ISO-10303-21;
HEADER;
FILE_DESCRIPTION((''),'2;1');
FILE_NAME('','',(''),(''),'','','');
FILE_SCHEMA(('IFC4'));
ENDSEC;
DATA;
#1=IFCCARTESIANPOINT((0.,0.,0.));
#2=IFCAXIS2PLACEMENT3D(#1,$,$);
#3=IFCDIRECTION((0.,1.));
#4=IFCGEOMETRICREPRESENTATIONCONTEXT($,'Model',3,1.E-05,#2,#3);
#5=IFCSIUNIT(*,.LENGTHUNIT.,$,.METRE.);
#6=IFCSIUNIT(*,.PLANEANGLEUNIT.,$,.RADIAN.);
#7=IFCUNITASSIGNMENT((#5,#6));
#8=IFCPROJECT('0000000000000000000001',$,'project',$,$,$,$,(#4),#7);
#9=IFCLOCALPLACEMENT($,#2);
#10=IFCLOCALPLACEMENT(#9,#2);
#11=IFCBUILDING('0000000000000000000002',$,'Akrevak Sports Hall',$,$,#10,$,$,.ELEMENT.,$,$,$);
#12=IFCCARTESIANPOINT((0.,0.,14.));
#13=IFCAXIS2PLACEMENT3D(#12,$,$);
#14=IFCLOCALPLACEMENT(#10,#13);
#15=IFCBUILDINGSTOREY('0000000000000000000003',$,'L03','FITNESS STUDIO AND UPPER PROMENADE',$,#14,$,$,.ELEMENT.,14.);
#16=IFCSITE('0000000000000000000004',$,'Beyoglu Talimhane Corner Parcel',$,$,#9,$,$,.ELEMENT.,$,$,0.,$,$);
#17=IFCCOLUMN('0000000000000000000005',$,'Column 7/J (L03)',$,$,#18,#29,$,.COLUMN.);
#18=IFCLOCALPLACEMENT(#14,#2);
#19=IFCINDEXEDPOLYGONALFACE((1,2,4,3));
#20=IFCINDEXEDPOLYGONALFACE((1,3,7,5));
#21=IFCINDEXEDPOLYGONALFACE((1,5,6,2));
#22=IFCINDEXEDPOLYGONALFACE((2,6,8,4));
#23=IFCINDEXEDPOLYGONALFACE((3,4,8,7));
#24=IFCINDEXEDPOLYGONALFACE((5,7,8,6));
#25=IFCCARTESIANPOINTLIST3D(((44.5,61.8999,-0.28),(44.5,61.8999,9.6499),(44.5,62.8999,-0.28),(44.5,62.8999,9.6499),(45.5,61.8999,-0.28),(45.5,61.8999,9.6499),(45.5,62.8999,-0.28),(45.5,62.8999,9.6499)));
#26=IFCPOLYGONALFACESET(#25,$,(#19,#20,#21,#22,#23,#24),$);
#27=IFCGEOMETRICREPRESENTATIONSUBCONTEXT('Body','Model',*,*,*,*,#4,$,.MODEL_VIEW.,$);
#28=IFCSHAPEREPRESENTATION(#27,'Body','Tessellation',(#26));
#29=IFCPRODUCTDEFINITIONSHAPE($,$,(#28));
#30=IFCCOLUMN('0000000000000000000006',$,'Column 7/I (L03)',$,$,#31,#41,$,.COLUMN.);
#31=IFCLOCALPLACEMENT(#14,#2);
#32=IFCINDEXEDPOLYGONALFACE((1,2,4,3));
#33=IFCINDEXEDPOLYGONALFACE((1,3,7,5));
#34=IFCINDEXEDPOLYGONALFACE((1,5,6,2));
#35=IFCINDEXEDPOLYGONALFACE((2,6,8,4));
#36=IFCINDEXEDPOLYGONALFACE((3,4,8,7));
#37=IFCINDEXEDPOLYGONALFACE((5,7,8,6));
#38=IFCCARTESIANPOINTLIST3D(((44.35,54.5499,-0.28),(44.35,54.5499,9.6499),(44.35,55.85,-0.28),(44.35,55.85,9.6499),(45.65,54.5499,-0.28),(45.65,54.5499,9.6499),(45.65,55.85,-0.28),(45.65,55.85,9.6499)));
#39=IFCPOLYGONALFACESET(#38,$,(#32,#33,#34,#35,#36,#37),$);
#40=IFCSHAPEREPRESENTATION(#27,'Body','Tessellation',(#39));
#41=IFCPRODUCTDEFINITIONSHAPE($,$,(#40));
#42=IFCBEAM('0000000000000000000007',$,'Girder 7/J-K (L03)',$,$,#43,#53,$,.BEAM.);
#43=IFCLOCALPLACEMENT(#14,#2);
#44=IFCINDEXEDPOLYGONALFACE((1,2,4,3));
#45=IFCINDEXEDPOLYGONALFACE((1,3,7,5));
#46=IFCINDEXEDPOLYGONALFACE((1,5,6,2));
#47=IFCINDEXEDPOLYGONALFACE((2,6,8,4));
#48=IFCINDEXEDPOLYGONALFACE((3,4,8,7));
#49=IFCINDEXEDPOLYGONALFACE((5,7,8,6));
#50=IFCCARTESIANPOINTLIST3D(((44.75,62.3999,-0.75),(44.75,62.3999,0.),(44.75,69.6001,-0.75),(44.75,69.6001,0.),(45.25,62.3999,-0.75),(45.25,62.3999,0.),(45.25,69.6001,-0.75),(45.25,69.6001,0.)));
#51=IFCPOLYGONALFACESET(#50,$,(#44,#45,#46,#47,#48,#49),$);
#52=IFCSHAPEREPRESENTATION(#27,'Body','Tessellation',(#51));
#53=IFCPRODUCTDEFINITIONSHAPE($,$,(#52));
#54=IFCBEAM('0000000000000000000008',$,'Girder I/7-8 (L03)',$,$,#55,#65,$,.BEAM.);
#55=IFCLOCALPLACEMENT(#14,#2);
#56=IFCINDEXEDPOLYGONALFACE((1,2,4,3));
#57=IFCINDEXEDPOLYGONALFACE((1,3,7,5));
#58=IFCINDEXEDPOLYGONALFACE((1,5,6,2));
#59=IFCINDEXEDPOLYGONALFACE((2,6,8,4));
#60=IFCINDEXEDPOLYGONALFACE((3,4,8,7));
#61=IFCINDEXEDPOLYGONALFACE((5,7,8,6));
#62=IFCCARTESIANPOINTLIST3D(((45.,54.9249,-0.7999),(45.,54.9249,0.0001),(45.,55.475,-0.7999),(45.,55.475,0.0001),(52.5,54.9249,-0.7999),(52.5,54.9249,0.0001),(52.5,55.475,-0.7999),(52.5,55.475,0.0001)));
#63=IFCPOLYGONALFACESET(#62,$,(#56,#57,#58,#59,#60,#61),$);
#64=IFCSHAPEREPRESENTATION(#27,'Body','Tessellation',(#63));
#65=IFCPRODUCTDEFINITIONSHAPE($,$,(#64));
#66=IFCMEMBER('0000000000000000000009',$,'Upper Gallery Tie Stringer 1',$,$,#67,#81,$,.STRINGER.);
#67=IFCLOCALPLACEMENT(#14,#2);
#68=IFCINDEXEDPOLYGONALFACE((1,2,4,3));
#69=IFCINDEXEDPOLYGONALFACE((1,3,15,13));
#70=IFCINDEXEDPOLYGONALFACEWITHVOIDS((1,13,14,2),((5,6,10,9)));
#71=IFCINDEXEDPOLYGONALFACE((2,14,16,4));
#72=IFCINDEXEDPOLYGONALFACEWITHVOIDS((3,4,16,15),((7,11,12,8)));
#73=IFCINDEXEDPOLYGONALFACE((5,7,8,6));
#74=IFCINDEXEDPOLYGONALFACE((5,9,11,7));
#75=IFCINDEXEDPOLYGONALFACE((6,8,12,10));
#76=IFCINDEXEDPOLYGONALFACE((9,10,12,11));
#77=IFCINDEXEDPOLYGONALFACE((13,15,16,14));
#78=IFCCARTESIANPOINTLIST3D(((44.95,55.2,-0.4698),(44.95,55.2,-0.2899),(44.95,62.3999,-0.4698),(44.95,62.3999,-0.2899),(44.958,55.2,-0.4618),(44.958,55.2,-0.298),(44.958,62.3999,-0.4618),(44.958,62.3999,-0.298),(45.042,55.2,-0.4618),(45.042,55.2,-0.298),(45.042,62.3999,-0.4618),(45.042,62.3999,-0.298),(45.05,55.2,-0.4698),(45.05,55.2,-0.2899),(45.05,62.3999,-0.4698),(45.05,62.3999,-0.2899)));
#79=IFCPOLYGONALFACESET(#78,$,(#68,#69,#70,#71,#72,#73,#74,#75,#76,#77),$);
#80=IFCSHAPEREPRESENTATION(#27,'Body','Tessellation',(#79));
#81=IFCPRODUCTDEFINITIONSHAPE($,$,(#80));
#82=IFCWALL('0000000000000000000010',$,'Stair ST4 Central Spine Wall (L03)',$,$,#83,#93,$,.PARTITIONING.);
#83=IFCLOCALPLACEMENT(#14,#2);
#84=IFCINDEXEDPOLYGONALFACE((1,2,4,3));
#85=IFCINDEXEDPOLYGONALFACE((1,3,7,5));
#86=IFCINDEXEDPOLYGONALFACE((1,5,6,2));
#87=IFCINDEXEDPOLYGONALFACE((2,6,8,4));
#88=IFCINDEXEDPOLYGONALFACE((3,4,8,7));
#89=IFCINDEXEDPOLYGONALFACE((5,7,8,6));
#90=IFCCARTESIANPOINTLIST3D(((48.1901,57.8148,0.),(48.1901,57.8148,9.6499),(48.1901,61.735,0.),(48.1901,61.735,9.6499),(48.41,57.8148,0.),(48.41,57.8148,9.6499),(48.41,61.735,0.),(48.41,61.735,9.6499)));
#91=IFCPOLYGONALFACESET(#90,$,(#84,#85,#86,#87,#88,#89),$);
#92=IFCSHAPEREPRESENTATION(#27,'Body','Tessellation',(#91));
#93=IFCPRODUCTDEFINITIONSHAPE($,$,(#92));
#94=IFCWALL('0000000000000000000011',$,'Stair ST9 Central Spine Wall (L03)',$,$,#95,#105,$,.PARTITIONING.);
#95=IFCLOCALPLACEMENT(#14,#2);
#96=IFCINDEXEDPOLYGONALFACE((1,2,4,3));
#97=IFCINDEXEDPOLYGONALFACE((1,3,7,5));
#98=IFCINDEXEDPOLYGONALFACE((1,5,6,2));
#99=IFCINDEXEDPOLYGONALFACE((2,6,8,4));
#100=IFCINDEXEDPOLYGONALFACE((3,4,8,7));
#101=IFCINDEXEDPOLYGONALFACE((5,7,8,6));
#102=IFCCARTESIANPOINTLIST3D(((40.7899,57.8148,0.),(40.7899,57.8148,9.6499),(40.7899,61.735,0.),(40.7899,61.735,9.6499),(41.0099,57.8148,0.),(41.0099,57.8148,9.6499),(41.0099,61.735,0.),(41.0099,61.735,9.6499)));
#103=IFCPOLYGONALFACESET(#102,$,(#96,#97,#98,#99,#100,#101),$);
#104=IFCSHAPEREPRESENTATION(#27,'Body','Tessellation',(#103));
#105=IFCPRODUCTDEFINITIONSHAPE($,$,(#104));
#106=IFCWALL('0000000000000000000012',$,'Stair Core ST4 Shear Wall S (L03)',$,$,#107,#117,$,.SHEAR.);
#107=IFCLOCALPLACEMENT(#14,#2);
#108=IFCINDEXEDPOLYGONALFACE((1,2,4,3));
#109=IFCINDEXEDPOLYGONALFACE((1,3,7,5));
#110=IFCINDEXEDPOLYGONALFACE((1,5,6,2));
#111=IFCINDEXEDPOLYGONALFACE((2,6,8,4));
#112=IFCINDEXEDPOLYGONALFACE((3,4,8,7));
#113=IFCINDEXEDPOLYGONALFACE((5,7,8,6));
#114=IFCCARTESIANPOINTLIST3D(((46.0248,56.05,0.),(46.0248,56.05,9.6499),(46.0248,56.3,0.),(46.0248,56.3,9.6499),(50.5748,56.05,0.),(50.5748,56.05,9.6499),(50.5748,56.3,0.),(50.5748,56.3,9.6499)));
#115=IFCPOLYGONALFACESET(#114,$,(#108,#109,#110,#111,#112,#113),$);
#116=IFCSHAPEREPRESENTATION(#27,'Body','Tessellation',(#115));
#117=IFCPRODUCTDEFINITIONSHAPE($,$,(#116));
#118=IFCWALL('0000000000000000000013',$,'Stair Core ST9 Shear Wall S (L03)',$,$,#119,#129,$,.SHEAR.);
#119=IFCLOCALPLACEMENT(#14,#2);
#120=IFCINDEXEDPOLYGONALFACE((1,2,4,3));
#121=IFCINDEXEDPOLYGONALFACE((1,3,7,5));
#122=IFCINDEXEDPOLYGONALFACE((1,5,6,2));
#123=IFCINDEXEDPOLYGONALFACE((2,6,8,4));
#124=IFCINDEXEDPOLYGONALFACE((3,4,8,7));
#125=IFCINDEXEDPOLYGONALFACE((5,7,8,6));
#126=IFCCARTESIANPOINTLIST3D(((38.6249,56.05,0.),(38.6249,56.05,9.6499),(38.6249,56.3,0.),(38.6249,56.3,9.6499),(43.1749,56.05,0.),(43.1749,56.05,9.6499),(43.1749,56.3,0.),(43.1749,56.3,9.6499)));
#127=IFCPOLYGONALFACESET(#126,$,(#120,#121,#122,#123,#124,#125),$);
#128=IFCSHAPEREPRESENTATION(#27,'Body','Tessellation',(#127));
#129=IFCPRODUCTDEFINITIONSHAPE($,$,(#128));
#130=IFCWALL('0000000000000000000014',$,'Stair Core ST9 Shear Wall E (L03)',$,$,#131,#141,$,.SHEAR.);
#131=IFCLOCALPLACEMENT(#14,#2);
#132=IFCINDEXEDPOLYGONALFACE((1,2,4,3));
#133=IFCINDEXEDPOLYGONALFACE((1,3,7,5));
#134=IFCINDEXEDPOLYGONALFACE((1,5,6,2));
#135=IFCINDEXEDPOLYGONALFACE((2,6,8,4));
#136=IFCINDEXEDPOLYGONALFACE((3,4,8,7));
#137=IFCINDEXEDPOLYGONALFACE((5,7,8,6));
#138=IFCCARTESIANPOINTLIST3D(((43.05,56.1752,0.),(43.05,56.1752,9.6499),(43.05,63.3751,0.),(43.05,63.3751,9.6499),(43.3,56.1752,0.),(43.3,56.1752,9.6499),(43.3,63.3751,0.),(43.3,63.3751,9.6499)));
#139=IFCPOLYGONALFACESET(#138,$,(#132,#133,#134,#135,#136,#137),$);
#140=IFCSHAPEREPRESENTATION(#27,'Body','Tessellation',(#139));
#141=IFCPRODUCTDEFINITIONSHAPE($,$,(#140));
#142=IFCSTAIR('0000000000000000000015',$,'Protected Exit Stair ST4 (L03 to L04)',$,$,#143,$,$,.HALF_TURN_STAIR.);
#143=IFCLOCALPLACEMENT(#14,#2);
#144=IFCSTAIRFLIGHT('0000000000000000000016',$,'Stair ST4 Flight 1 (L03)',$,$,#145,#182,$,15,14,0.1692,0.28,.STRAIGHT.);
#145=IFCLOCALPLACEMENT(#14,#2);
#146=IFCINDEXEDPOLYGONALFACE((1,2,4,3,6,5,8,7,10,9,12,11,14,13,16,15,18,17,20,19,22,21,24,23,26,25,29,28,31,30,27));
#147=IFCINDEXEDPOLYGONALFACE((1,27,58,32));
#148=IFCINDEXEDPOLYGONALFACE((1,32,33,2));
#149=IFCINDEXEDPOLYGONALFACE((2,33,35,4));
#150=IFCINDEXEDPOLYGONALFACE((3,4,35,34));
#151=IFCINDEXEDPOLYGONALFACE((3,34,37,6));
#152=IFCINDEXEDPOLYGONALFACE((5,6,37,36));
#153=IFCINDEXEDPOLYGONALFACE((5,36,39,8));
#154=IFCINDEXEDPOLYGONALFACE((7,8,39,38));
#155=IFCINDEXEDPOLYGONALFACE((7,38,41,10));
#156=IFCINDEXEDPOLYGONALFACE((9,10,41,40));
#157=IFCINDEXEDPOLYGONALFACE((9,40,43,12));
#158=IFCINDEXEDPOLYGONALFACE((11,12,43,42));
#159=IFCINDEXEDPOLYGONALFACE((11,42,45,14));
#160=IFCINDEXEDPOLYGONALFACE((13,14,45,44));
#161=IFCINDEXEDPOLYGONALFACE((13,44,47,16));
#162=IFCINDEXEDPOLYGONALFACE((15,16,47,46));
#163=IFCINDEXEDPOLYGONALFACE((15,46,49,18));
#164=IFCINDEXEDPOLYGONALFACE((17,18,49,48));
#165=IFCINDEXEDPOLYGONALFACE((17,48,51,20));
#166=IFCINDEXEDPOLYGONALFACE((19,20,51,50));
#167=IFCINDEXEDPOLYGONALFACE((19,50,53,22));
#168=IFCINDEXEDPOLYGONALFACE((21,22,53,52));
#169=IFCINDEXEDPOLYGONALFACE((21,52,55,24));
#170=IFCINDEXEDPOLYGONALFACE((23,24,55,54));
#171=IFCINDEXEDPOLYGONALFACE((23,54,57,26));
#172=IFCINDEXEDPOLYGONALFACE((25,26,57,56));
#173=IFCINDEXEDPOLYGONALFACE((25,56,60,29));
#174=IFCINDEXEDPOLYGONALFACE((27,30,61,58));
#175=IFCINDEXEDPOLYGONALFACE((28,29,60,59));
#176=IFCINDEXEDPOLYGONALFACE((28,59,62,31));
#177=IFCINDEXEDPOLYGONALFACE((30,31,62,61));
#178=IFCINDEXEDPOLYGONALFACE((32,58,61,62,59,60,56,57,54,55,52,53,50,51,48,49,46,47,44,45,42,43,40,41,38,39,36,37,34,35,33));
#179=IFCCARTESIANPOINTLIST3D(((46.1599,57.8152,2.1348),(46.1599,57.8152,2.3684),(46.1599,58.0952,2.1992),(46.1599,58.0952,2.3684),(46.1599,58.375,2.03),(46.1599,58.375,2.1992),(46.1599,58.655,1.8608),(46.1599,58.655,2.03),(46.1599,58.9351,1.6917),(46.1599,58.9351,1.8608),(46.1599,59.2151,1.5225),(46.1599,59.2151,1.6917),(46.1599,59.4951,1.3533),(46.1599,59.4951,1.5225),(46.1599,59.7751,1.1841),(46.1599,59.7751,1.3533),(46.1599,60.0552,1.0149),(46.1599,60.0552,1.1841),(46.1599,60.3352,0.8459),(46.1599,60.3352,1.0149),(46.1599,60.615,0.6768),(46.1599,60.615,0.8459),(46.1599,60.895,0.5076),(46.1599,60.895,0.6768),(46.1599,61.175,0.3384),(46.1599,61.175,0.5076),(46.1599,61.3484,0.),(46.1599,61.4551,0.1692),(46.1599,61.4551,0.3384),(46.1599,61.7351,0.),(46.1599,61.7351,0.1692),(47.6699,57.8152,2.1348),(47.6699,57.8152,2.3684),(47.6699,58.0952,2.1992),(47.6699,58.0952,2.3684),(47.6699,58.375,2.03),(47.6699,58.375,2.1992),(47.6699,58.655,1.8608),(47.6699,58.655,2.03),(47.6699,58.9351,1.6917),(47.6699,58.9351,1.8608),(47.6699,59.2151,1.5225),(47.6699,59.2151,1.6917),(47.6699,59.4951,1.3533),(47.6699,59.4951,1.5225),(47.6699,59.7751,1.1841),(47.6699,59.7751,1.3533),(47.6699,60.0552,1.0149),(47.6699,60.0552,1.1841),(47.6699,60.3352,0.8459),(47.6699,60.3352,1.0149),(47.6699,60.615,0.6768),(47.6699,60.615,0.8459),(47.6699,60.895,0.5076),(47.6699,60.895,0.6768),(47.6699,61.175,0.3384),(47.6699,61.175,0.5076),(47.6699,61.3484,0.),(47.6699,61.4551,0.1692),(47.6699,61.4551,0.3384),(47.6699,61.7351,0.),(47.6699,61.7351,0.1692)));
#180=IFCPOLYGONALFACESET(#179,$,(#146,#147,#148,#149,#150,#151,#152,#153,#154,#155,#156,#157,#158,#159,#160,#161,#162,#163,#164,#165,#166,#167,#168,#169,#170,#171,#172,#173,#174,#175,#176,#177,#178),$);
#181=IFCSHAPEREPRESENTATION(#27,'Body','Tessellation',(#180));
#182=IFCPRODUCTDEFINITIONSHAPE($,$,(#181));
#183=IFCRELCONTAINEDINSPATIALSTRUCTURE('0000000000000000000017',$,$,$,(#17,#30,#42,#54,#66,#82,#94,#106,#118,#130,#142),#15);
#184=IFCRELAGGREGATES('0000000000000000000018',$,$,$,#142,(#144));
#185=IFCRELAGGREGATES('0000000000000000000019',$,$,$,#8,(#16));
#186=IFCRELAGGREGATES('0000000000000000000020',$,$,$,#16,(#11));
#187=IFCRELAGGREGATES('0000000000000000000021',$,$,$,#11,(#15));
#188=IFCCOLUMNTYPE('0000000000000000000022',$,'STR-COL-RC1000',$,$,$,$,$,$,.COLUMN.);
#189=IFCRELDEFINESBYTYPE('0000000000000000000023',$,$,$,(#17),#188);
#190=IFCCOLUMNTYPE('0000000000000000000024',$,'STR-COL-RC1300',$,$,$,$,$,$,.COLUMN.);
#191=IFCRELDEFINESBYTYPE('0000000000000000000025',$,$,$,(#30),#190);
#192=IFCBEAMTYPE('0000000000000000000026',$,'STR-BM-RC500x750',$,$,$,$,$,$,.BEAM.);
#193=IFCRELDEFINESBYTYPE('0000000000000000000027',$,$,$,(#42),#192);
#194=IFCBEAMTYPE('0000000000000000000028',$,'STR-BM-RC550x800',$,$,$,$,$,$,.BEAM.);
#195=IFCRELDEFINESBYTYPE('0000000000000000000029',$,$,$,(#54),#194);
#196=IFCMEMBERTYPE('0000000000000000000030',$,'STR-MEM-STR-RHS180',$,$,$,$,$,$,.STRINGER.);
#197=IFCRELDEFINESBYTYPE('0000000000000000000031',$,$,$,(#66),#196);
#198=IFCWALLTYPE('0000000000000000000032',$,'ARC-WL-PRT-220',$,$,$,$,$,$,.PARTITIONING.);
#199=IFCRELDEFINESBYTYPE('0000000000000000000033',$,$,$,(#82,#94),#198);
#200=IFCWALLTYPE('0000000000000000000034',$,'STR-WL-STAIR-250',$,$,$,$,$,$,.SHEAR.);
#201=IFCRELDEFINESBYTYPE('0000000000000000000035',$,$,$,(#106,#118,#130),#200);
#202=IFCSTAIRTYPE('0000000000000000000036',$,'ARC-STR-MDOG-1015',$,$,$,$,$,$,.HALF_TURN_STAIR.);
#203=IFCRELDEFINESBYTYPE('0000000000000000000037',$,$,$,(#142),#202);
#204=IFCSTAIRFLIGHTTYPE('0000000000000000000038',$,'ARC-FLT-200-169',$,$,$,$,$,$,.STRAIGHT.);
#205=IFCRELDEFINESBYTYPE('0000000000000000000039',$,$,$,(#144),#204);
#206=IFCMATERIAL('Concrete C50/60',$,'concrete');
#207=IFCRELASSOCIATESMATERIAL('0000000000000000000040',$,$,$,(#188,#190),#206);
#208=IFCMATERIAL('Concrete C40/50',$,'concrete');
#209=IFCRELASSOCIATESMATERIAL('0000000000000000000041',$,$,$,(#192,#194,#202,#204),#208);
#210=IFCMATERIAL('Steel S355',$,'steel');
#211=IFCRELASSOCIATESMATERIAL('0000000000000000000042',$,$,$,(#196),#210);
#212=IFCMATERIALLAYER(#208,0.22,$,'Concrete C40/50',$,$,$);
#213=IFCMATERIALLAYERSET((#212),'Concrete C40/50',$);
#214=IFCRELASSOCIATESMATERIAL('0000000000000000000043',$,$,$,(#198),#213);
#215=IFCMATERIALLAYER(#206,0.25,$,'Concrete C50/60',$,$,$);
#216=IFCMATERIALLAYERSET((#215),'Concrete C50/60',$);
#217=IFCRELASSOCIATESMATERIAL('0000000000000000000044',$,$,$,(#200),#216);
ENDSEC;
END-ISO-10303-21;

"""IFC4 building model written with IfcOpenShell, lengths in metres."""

from ifc_helpers import new_model, si_unit, direction, frame, frame_2d, origin, origin_2d, place, context, subcontext, project, spatial, polyline, rectangle, hollow_rectangle, outline, extrude, material, layer, layer_set, material_profile, profile_set, type_object, element, aggregate, save


model = new_model("IFC4")

# Units and contexts
model_context = context("Model", 3, precision=1e-05, world=origin(), true_north=direction((0.0, 1.0)))
body_context = subcontext(model_context, "Body", "Model", "MODEL_VIEW")
ifc_project = project(units=[si_unit("LENGTHUNIT", "METRE"), si_unit("PLANEANGLEUNIT", "RADIAN")], contexts=[model_context])

# Site, building, storey
site_placement = place(None, origin())
site = spatial("IfcSite", under=ifc_project, at=site_placement, Name="Beyoglu Talimhane Corner Parcel", CompositionType="ELEMENT", RefElevation=0.0)
building_placement = place(site_placement, origin())
building = spatial("IfcBuilding", under=site, at=building_placement, Name="Akrevak Sports Hall", CompositionType="ELEMENT")
storey_placement = place(building_placement, frame((0.0, 0.0, 14.0)))
storey = spatial("IfcBuildingStorey", under=building, at=storey_placement, Name="L03", Description="FITNESS STUDIO AND UPPER PROMENADE", CompositionType="ELEMENT", Elevation=14.0)

# Columns
ifc_material_1 = material(Name="Concrete C50/60", Category="concrete")
ifc_material_profile_1 = material_profile(ifc_material_1, rectangle(XDim=1.0, YDim=1.0, at=origin_2d()), Name="RC 1000x1000", Category="concrete")
ifc_profile_set_1 = profile_set([ifc_material_profile_1], Name="Concrete C50/60")
column_type_1 = type_object("IfcColumnType", Name="STR-COL-RC1000", PredefinedType="COLUMN", material=ifc_profile_set_1)
column_1_placement = place(storey_placement, frame((45.0, 62.3999, -0.28), z_axis=(0.0, 0.0, 1.0), x_axis=(1.0, 0.0, 0.0)))
element("IfcColumn", 1, at=column_1_placement, inside=storey, type_object=column_type_1, Name="Column 7/J (L03)", PredefinedType="COLUMN", context=body_context, shape_type="SweptSolid", body=[
    extrude(rectangle(XDim=1.0, YDim=1.0, at=origin_2d()), origin(), (0.0, 0.0, 1.0), 9.9299),
])
ifc_material_profile_2 = material_profile(ifc_material_1, rectangle(XDim=1.3, YDim=1.3, at=origin_2d()), Name="RC 1300x1300", Category="concrete")
ifc_profile_set_2 = profile_set([ifc_material_profile_2], Name="Concrete C50/60")
column_type_2 = type_object("IfcColumnType", Name="STR-COL-RC1300", PredefinedType="COLUMN", material=ifc_profile_set_2)
column_2_placement = place(storey_placement, frame((45.0, 55.2, -0.28), z_axis=(0.0, 0.0, 1.0), x_axis=(1.0, 0.0, 0.0)))
element("IfcColumn", 2, at=column_2_placement, inside=storey, type_object=column_type_2, Name="Column 7/I (L03)", PredefinedType="COLUMN", context=body_context, shape_type="SweptSolid", body=[
    extrude(rectangle(XDim=1.3, YDim=1.3, at=origin_2d()), origin(), (0.0, 0.0, 1.0), 9.9299),
])

# Beams
ifc_material_2 = material(Name="Concrete C40/50", Category="concrete")
ifc_material_profile_3 = material_profile(ifc_material_2, rectangle(XDim=0.5, YDim=0.75, at=origin_2d()), Name="BM 500x750", Category="concrete")
ifc_profile_set_3 = profile_set([ifc_material_profile_3], Name="Concrete C40/50")
beam_type_1 = type_object("IfcBeamType", Name="STR-BM-RC500x750", PredefinedType="BEAM", material=ifc_profile_set_3)
beam_1_placement = place(storey_placement, frame((45.0, 62.3999, -0.375), z_axis=(0.0, 1.0, 0.0), x_axis=(-1.0, 0.0, 0.0)))
element("IfcBeam", 3, at=beam_1_placement, inside=storey, type_object=beam_type_1, Name="Girder 7/J-K (L03)", PredefinedType="BEAM", context=body_context, shape_type="SweptSolid", body=[
    extrude(rectangle(XDim=0.5, YDim=0.75, at=origin_2d()), origin(), (0.0, 0.0, 1.0), 7.2002),
])
ifc_material_profile_4 = material_profile(ifc_material_2, rectangle(XDim=0.55, YDim=0.8, at=origin_2d()), Name="BM 550x800", Category="concrete")
ifc_profile_set_4 = profile_set([ifc_material_profile_4], Name="Concrete C40/50")
beam_type_2 = type_object("IfcBeamType", Name="STR-BM-RC550x800", PredefinedType="BEAM", material=ifc_profile_set_4)
beam_2_placement = place(storey_placement, frame((45.0, 55.2, -0.3999), z_axis=(1.0, 0.0, 0.0), x_axis=(0.0, 1.0, 0.0)))
element("IfcBeam", 4, at=beam_2_placement, inside=storey, type_object=beam_type_2, Name="Girder I/7-8 (L03)", PredefinedType="BEAM", context=body_context, shape_type="SweptSolid", body=[
    extrude(rectangle(XDim=0.55, YDim=0.8, at=origin_2d()), origin(), (0.0, 0.0, 1.0), 7.5),
])

# Member
ifc_material_3 = material(Name="Steel S355", Category="steel")
ifc_material_profile_5 = material_profile(ifc_material_3, hollow_rectangle(XDim=0.1001, YDim=0.1799, WallThickness=0.0081, at=origin_2d()), Name="RHS 180x100x8", Category="steel")
ifc_profile_set_5 = profile_set([ifc_material_profile_5], Name="Steel S355")
member_type = type_object("IfcMemberType", Name="STR-MEM-STR-RHS180", PredefinedType="STRINGER", material=ifc_profile_set_5)
member_placement = place(storey_placement, frame((45.0, 55.2, -0.3799), z_axis=(0.0, 1.0, 0.0), x_axis=(-1.0, 0.0, 0.0)))
element("IfcMember", 5, at=member_placement, inside=storey, type_object=member_type, Name="Upper Gallery Tie Stringer 1", PredefinedType="STRINGER", context=body_context, shape_type="SweptSolid", body=[
    extrude(hollow_rectangle(XDim=0.1001, YDim=0.1799, WallThickness=0.0081, at=origin_2d()), origin(), (0.0, 0.0, 1.0), 7.2),
])

# Walls
ifc_layer_1 = layer(ifc_material_2, 0.22, Name="Concrete C40/50")
ifc_layer_set_1 = layer_set([ifc_layer_1], Name="Concrete C40/50")
wall_type_1 = type_object("IfcWallType", Name="ARC-WL-PRT-220", PredefinedType="PARTITIONING", material=ifc_layer_set_1)
for number, where, z_axis, x_axis, name in (
    (6, (48.3, 57.8149, 0.0), (0.0, 0.0, 1.0), (0.0, 1.0, 0.0), "Stair ST4 Central Spine Wall (L03)"),
    (7, (40.8999, 57.8149, 0.0), (0.0, 0.0, 1.0), (0.0, 1.0, 0.0), "Stair ST9 Central Spine Wall (L03)"),
):
    element("IfcWall", number, at=place(storey_placement, frame(where, z_axis=z_axis, x_axis=x_axis)), inside=storey, type_object=wall_type_1, Name=name, PredefinedType="PARTITIONING", context=body_context, shape_type="SweptSolid", body=[
        extrude(rectangle(XDim=3.9202, YDim=0.22, at=frame_2d((1.96, 0.0))), origin(), (0.0, 0.0, 1.0), 9.6499),
    ])
ifc_layer_2 = layer(ifc_material_1, 0.25, Name="Concrete C50/60")
ifc_layer_set_2 = layer_set([ifc_layer_2], Name="Concrete C50/60")
wall_type_2 = type_object("IfcWallType", Name="STR-WL-STAIR-250", PredefinedType="SHEAR", material=ifc_layer_set_2)
for number, where, z_axis, x_axis, name in (
    (8, (46.0249, 56.175, 0.0), (0.0, 0.0, 1.0), (1.0, 0.0, 0.0), "Stair Core ST4 Shear Wall S (L03)"),
    (9, (38.625, 56.175, 0.0), (0.0, 0.0, 1.0), (1.0, 0.0, 0.0), "Stair Core ST9 Shear Wall S (L03)"),
):
    element("IfcWall", number, at=place(storey_placement, frame(where, z_axis=z_axis, x_axis=x_axis)), inside=storey, type_object=wall_type_2, Name=name, PredefinedType="SHEAR", context=body_context, shape_type="SweptSolid", body=[
        extrude(rectangle(XDim=4.55, YDim=0.25, at=frame_2d((2.2749, 0.0))), origin(), (0.0, 0.0, 1.0), 9.6499),
    ])
wall_placement = place(storey_placement, frame((43.175, 56.175, 0.0), z_axis=(0.0, 0.0, 1.0), x_axis=(0.0, 1.0, 0.0)))
element("IfcWall", 10, at=wall_placement, inside=storey, type_object=wall_type_2, Name="Stair Core ST9 Shear Wall E (L03)", PredefinedType="SHEAR", context=body_context, shape_type="SweptSolid", body=[
    extrude(rectangle(XDim=7.2, YDim=0.25, at=frame_2d((3.6001, 0.0))), origin(), (0.0, 0.0, 1.0), 9.6499),
])

# Stair, stair flight
stair_type = type_object("IfcStairType", Name="ARC-STR-MDOG-1015", PredefinedType="HALF_TURN_STAIR", material=ifc_material_2)
stair_1_placement = place(storey_placement, origin())
stair_1 = element("IfcStair", 11, at=stair_1_placement, inside=storey, type_object=stair_type, Name="Protected Exit Stair ST4 (L03 to L04)", PredefinedType="HALF_TURN_STAIR")
stair_flight_type = type_object("IfcStairFlightType", Name="ARC-FLT-200-169", PredefinedType="STRAIGHT", material=ifc_material_2)
stair_flight_1_placement = place(storey_placement, frame((46.915, 61.7351, 0.0), z_axis=(0.0, 0.0, 1.0), x_axis=(0.0, -1.0, 0.0)))
stair_flight_1 = element("IfcStairFlight", 12, at=stair_flight_1_placement, type_object=stair_flight_type, Name="Stair ST4 Flight 1 (L03)", NumberOfRisers=15, NumberOfTreads=14, PredefinedType="STRAIGHT", RiserHeight=0.1692, TreadLength=0.28, context=body_context, shape_type="SweptSolid", body=[
    extrude(outline(polyline([(0.0, 0.0), (0.0, 0.1692), (0.28, 0.1692), (0.28, 0.3384), (0.5601, 0.3384), (0.5601, 0.5076), (0.8401, 0.5076), (0.8401, 0.6768), (1.1201, 0.6768), (1.1201, 0.8459), (1.3999, 0.8459), (1.3999, 1.0149), (1.6799, 1.0149), (1.6799, 1.1841), (1.96, 1.1841), (1.96, 1.3533), (2.24, 1.3533), (2.24, 1.5225), (2.52, 1.5225), (2.52, 1.6917), (2.8, 1.6917), (2.8, 1.8608), (3.0801, 1.8608), (3.0801, 2.03), (3.3601, 2.03), (3.3601, 2.1992), (3.6399, 2.1992), (3.6399, 2.3684), (3.9199, 2.3684), (3.9199, 2.5376), (3.9199, 2.1348), (0.3867, 0.0), (0.0, 0.0)])), frame((0.0, 0.7549, 0.0), z_axis=(0.0, -1.0, 0.0), x_axis=(1.0, 0.0, 0.0)), (0.0, 0.0, 1.0), 1.51),
])
aggregate(stair_1, [stair_flight_1])

save(model, "model.ifc")
